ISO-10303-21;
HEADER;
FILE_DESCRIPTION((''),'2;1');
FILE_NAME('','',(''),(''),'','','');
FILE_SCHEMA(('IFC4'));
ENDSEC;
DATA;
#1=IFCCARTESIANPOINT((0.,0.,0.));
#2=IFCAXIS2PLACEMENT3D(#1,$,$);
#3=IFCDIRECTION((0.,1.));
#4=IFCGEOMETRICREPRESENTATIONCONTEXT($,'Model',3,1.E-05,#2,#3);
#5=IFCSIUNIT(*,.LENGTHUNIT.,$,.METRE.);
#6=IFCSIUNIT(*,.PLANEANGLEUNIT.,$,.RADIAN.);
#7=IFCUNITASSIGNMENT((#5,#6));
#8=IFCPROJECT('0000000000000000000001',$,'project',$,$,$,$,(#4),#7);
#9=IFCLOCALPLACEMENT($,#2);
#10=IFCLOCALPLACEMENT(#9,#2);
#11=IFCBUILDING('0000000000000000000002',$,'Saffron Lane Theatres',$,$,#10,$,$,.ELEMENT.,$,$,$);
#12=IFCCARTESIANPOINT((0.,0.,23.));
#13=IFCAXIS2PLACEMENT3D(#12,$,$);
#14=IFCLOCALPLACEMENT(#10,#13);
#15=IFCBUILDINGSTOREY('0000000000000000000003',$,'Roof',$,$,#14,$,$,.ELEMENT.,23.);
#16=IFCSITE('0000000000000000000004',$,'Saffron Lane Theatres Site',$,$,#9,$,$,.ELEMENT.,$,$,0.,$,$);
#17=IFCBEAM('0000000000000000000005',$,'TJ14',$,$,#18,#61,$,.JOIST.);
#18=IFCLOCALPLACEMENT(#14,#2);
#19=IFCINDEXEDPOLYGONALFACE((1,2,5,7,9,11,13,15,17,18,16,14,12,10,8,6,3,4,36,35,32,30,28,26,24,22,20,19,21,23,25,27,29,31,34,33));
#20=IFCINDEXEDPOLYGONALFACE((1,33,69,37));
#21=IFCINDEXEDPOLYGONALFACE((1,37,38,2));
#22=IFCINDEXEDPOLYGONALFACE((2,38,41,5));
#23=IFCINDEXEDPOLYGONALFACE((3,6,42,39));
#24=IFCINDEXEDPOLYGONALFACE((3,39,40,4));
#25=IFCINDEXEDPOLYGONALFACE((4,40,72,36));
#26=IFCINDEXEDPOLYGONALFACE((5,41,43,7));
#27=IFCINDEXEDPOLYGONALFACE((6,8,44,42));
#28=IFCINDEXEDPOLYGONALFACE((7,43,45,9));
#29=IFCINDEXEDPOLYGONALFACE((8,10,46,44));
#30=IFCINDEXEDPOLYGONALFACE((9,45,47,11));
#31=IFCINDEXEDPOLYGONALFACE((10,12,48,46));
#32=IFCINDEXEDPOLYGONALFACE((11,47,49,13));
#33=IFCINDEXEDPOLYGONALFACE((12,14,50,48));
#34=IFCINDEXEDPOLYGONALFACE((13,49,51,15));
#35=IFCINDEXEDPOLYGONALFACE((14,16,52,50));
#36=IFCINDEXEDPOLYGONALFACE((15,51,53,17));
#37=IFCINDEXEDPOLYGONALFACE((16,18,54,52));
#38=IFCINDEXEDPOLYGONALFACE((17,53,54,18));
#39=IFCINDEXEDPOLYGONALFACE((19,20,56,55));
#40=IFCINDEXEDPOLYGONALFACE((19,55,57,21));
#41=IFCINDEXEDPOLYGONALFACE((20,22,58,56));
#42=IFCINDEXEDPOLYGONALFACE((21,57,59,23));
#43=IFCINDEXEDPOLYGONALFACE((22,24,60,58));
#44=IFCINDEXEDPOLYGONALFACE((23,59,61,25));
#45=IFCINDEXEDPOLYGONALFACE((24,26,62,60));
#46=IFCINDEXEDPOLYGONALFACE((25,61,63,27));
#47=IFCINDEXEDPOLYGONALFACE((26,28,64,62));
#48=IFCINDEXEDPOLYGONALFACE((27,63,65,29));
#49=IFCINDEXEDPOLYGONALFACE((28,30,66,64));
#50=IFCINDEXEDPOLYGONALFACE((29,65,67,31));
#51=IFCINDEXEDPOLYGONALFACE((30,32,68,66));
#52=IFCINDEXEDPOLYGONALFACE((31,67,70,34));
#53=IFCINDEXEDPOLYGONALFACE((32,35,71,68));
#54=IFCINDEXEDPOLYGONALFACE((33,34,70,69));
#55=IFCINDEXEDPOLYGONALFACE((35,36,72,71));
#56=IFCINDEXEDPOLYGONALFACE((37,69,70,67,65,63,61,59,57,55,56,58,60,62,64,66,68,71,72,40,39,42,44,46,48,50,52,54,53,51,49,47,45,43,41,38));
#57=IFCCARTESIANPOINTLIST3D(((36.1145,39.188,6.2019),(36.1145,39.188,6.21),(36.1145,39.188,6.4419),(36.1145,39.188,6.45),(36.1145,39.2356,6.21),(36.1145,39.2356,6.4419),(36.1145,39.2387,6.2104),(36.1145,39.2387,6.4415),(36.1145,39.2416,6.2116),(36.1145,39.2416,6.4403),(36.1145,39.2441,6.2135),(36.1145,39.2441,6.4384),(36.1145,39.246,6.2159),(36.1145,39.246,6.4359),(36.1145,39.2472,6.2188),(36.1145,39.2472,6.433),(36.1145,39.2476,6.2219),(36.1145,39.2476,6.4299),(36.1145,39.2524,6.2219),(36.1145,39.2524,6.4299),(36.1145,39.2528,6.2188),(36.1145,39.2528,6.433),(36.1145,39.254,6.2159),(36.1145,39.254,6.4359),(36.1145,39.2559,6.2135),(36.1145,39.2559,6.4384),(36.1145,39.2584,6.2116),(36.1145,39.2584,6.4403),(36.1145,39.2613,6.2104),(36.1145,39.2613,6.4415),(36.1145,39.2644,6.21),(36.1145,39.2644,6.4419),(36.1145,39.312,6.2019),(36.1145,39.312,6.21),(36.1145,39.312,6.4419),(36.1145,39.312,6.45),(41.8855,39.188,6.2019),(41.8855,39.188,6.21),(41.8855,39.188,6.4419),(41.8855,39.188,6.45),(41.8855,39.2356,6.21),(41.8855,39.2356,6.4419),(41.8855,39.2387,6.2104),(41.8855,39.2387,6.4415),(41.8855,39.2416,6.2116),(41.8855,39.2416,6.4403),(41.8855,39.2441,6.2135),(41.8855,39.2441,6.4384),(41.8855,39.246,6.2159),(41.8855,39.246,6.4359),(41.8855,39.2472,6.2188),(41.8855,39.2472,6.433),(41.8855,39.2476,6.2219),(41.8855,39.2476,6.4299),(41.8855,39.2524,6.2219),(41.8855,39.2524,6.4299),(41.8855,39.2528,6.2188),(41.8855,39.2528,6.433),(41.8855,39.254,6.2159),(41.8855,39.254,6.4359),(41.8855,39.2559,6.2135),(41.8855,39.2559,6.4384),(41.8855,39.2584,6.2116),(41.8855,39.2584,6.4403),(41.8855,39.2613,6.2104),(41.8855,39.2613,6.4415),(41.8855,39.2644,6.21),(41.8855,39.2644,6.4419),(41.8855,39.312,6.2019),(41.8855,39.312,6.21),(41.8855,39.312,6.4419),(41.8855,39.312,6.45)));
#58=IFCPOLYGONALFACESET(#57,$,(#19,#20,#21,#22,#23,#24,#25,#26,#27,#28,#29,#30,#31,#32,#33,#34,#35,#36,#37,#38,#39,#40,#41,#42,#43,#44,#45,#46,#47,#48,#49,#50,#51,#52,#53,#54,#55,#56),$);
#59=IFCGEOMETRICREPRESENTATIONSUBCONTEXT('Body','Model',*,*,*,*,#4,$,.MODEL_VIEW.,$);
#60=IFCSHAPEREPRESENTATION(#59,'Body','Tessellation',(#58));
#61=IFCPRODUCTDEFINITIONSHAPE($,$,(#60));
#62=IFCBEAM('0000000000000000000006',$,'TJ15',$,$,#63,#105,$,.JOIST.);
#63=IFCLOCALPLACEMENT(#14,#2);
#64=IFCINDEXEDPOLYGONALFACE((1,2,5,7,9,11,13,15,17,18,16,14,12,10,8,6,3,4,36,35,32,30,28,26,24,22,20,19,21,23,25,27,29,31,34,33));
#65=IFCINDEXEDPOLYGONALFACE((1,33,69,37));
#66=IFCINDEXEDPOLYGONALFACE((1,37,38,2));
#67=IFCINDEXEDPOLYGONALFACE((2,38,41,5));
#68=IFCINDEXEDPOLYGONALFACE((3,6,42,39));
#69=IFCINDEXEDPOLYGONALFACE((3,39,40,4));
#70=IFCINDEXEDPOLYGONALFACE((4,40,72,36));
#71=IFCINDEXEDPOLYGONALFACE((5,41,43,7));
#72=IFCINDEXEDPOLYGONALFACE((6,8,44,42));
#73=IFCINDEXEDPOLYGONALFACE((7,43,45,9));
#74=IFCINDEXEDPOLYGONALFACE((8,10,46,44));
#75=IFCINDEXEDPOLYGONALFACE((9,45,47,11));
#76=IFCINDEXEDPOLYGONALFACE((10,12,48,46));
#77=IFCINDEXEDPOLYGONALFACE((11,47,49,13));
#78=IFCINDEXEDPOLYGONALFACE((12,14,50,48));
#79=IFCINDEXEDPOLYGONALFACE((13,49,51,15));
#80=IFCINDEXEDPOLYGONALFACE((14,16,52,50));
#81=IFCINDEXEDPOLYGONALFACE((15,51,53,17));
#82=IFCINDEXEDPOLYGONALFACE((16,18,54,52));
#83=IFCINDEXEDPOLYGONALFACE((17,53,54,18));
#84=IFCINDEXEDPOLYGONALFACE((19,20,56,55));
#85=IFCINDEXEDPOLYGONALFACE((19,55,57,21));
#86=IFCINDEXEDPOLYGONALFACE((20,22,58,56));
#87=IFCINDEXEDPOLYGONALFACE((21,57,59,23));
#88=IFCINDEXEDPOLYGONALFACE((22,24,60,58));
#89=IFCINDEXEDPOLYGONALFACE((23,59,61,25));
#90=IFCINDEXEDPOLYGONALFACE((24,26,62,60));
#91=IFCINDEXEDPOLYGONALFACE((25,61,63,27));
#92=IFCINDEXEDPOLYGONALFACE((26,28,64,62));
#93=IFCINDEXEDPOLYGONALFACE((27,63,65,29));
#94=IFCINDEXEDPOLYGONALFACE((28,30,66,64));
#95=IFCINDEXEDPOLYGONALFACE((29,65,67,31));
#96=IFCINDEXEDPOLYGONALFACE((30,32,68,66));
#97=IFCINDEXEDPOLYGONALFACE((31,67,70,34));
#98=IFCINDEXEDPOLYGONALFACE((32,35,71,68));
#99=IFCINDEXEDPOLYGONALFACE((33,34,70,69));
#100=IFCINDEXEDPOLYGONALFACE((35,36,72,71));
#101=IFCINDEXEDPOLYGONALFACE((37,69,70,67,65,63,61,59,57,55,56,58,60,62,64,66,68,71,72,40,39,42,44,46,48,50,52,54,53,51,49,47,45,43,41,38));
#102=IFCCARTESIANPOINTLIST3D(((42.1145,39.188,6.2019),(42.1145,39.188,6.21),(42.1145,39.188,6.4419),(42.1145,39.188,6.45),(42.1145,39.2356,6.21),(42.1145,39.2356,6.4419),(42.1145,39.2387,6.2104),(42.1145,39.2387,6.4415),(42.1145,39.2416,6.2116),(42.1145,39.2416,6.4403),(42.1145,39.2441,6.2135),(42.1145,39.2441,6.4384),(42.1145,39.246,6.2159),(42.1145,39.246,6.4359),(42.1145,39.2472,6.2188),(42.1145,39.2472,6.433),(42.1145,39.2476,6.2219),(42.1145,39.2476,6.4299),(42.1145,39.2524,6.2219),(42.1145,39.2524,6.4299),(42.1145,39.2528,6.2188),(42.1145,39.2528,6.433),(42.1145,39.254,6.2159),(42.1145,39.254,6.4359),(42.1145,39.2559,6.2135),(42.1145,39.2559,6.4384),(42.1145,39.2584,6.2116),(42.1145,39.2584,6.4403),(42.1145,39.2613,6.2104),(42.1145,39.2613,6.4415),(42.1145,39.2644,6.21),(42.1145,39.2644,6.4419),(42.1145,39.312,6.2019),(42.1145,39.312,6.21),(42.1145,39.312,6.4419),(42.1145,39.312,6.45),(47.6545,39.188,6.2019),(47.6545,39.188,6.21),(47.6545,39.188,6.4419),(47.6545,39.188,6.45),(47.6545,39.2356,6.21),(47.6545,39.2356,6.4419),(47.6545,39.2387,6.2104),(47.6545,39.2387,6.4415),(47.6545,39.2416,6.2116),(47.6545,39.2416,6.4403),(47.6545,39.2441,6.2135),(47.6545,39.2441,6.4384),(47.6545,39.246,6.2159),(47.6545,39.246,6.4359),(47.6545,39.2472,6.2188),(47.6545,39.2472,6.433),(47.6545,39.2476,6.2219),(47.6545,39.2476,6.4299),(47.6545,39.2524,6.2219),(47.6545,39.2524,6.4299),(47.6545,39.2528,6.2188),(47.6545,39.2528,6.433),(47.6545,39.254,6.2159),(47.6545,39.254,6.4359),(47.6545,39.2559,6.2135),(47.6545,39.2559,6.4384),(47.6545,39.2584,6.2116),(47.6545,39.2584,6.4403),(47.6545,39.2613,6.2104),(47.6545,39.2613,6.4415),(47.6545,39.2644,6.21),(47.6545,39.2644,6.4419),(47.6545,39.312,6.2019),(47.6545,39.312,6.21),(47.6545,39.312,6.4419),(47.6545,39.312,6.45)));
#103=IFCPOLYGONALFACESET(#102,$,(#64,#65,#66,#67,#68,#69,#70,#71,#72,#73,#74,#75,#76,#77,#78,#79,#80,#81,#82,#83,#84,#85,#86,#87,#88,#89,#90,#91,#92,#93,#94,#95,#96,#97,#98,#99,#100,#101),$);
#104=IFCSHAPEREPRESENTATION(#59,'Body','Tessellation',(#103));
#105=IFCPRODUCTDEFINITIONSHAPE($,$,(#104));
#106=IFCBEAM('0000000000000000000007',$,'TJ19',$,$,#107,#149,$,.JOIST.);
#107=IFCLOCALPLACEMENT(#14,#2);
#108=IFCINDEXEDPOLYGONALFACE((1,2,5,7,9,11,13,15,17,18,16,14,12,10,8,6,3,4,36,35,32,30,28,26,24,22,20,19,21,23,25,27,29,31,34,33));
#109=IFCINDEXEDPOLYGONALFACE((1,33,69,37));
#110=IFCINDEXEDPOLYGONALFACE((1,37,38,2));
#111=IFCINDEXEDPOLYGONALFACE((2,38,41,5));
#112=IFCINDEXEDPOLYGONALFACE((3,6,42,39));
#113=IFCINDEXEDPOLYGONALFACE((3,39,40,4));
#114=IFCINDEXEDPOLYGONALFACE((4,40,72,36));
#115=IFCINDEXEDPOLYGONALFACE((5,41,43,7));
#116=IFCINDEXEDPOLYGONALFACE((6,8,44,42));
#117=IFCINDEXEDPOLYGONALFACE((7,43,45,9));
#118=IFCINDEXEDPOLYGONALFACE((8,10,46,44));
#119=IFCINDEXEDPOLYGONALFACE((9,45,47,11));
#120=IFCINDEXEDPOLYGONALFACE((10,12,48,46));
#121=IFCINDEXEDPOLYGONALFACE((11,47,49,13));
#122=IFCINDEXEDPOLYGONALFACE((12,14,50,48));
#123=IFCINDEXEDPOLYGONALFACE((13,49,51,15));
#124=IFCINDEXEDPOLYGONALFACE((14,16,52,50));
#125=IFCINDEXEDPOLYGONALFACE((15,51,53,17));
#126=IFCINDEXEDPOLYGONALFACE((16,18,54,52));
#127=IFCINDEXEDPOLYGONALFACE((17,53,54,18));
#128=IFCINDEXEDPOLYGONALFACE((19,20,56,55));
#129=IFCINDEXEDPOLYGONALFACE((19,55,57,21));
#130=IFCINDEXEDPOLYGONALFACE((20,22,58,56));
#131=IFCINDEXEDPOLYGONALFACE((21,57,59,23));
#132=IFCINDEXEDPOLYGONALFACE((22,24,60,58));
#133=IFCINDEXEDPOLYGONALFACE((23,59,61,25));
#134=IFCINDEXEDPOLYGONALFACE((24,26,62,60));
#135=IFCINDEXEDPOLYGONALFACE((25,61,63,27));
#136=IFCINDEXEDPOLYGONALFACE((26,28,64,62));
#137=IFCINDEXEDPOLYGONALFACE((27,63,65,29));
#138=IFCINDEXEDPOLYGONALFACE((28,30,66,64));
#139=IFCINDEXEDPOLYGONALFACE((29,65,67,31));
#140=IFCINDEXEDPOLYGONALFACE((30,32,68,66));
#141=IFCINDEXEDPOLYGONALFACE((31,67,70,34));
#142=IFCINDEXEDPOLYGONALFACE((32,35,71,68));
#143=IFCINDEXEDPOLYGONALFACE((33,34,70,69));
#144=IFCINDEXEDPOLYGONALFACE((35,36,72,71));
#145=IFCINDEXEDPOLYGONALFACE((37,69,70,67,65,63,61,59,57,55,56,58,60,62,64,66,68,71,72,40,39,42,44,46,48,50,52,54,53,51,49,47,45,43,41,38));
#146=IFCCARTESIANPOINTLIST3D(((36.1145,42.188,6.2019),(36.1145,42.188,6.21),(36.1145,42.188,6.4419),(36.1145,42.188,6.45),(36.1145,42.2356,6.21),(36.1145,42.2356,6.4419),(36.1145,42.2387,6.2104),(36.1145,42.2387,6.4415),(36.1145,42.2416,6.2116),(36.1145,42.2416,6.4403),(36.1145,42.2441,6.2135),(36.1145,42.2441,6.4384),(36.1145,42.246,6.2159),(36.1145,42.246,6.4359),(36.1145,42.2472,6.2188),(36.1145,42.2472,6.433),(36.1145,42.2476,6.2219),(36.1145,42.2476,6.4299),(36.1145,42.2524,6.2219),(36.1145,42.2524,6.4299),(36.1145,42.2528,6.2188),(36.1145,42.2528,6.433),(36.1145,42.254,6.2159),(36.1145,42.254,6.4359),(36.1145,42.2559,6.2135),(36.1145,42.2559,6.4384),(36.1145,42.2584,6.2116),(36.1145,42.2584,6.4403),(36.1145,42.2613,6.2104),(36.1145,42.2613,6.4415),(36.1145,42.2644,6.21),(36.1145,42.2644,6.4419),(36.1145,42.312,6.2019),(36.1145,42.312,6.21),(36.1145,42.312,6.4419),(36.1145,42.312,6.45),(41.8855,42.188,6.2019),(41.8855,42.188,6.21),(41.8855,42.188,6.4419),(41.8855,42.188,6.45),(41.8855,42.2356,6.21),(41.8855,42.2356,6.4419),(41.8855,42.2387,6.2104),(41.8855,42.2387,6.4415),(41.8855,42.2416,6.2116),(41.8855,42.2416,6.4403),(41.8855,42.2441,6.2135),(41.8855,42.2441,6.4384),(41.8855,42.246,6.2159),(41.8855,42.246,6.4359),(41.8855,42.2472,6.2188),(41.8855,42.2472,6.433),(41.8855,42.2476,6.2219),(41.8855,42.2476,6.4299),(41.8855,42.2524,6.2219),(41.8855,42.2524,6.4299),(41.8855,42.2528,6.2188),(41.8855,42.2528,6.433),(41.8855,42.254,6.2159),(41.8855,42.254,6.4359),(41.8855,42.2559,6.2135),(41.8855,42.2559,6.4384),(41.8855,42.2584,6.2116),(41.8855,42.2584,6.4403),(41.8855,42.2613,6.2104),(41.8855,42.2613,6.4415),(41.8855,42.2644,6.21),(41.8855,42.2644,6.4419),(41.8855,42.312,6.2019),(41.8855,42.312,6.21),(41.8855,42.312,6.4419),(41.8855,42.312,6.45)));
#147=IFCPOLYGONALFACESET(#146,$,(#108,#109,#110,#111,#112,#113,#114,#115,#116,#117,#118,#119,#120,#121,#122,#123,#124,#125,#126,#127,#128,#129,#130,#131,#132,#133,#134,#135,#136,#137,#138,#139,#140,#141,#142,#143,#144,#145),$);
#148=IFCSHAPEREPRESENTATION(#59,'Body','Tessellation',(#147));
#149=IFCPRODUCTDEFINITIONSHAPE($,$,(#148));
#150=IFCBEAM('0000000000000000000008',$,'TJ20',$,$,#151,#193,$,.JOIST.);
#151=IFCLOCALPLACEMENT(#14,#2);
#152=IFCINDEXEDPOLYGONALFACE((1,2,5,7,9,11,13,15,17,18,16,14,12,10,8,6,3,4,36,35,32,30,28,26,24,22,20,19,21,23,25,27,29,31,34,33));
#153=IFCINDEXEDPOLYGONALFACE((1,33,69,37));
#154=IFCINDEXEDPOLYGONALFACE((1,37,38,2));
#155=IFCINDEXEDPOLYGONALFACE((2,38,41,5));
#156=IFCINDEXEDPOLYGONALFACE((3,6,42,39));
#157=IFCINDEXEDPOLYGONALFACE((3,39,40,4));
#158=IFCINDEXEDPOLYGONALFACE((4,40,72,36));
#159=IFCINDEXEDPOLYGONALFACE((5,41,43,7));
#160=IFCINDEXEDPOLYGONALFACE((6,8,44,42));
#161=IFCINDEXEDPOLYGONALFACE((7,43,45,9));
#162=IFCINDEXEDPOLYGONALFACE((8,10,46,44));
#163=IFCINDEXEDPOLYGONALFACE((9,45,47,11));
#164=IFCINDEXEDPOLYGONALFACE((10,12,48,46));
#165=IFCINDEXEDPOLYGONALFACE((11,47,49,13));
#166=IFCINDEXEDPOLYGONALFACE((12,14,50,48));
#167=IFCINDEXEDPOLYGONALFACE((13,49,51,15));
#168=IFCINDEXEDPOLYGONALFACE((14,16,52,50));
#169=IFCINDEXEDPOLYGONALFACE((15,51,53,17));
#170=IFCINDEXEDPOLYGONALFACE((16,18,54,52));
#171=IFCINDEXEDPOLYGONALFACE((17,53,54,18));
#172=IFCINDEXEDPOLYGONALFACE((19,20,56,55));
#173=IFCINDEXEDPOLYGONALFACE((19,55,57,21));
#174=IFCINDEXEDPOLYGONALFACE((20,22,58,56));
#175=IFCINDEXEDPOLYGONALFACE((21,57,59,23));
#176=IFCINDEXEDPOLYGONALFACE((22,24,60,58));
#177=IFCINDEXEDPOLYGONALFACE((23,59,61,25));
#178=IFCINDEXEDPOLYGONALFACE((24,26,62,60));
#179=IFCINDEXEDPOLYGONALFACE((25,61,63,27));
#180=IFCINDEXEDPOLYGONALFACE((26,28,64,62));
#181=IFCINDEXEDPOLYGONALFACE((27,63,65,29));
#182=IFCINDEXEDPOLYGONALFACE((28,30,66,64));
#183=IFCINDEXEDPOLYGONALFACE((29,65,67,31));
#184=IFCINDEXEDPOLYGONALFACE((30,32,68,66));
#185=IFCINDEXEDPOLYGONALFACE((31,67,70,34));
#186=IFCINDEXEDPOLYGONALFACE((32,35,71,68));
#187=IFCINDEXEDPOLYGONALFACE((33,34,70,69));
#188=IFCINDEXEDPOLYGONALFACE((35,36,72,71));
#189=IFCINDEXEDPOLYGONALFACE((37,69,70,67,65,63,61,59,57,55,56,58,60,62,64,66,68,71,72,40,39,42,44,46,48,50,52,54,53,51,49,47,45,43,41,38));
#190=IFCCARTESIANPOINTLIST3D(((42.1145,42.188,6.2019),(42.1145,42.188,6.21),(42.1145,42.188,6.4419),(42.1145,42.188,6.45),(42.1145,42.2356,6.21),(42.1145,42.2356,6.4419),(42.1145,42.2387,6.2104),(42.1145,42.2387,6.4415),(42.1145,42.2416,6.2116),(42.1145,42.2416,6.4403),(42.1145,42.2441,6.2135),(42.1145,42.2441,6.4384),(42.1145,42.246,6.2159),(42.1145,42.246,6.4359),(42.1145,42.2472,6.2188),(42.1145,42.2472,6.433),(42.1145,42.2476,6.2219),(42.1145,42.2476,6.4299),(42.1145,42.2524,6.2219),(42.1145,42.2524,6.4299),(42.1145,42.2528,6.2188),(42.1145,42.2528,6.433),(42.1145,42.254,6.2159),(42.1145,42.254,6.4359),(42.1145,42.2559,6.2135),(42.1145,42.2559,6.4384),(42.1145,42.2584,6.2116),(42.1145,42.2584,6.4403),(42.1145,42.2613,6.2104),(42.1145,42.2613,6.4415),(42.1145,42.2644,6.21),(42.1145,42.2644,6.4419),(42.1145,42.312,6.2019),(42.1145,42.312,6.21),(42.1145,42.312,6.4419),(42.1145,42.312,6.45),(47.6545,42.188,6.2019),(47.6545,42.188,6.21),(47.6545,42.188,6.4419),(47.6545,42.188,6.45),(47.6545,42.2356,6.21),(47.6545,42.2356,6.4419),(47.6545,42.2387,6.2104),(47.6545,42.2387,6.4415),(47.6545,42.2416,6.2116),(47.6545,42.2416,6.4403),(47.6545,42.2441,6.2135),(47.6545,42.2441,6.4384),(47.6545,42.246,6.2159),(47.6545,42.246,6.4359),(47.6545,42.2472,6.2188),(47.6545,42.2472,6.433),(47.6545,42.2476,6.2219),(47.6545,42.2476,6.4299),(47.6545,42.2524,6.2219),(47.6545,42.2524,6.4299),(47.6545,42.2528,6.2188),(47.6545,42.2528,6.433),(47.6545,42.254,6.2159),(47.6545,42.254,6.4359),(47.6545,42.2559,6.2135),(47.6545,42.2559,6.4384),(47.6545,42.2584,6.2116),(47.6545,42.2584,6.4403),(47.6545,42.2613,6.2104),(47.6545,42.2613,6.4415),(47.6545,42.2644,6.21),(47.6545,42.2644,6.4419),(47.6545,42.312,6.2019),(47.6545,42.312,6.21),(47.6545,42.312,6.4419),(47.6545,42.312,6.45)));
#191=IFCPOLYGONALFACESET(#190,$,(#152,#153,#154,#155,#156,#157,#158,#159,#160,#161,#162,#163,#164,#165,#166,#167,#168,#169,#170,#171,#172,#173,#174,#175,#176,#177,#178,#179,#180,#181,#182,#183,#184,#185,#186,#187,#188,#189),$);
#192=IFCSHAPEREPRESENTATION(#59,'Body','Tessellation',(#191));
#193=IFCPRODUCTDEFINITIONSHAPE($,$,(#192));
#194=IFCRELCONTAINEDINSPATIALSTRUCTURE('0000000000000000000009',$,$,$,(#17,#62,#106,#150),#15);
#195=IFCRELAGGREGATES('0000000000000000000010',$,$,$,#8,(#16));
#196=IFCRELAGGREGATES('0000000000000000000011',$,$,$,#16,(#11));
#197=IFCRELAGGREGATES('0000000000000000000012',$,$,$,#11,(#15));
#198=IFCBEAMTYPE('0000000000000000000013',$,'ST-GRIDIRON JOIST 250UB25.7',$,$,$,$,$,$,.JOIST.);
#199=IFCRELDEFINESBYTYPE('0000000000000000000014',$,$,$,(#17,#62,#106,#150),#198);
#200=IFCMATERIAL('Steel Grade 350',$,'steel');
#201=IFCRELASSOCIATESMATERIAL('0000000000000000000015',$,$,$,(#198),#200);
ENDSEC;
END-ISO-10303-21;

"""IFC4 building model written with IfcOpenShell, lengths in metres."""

from ifc_helpers import new_model, si_unit, direction, frame, origin, origin_2d, place, context, subcontext, project, spatial, i_section, extrude, material, material_profile, profile_set, type_object, element, save


model = new_model("IFC4")

# Units and contexts
model_context = context("Model", 3, precision=1e-05, world=origin(), true_north=direction((0.0, 1.0)))
body_context = subcontext(model_context, "Body", "Model", "MODEL_VIEW")
ifc_project = project(units=[si_unit("LENGTHUNIT", "METRE"), si_unit("PLANEANGLEUNIT", "RADIAN")], contexts=[model_context])

# Site, building, storey
site_placement = place(None, origin())
site = spatial("IfcSite", under=ifc_project, at=site_placement, Name="Saffron Lane Theatres Site", CompositionType="ELEMENT", RefElevation=0.0)
building_placement = place(site_placement, origin())
building = spatial("IfcBuilding", under=site, at=building_placement, Name="Saffron Lane Theatres", CompositionType="ELEMENT")
storey_placement = place(building_placement, frame((0.0, 0.0, 23.0)))
storey = spatial("IfcBuildingStorey", under=building, at=storey_placement, Name="Roof", CompositionType="ELEMENT", Elevation=23.0)

# Beams
ifc_material_1 = material(Name="Steel Grade 350", Category="steel")
ifc_material_profile_1 = material_profile(ifc_material_1, i_section(OverallWidth=0.124, OverallDepth=0.248, WebThickness=0.0049, FlangeThickness=0.0081, FilletRadius=0.012, at=origin_2d()))
ifc_profile_set_1 = profile_set([ifc_material_profile_1], Name="Steel Grade 350")
beam_type_1 = type_object("IfcBeamType", Name="ST-GRIDIRON JOIST 250UB25.7", PredefinedType="JOIST", material=ifc_profile_set_1)
beam_1_placement = place(storey_placement, frame((36.1145, 39.25, 6.3259), z_axis=(1.0, 0.0, 0.0), x_axis=(0.0, 1.0, 0.0)))
element("IfcBeam", 1, at=beam_1_placement, inside=storey, type_object=beam_type_1, Name="TJ14", PredefinedType="JOIST", context=body_context, shape_type="SweptSolid", body=[
    extrude(i_section(OverallWidth=0.124, OverallDepth=0.248, WebThickness=0.0049, FlangeThickness=0.0081, FilletRadius=0.012, at=origin_2d()), origin(), (0.0, 0.0, 1.0), 5.771),
])
beam_2_placement = place(storey_placement, frame((42.1145, 39.25, 6.3259), z_axis=(1.0, 0.0, 0.0), x_axis=(0.0, 1.0, 0.0)))
element("IfcBeam", 2, at=beam_2_placement, inside=storey, type_object=beam_type_1, Name="TJ15", PredefinedType="JOIST", context=body_context, shape_type="SweptSolid", body=[
    extrude(i_section(OverallWidth=0.124, OverallDepth=0.248, WebThickness=0.0049, FlangeThickness=0.0081, FilletRadius=0.012, at=origin_2d()), origin(), (0.0, 0.0, 1.0), 5.54),
])
beam_3_placement = place(storey_placement, frame((36.1145, 42.25, 6.3259), z_axis=(1.0, 0.0, 0.0), x_axis=(0.0, 1.0, 0.0)))
element("IfcBeam", 3, at=beam_3_placement, inside=storey, type_object=beam_type_1, Name="TJ19", PredefinedType="JOIST", context=body_context, shape_type="SweptSolid", body=[
    extrude(i_section(OverallWidth=0.124, OverallDepth=0.248, WebThickness=0.0049, FlangeThickness=0.0081, FilletRadius=0.012, at=origin_2d()), origin(), (0.0, 0.0, 1.0), 5.771),
])
beam_4_placement = place(storey_placement, frame((42.1145, 42.25, 6.3259), z_axis=(1.0, 0.0, 0.0), x_axis=(0.0, 1.0, 0.0)))
element("IfcBeam", 4, at=beam_4_placement, inside=storey, type_object=beam_type_1, Name="TJ20", PredefinedType="JOIST", context=body_context, shape_type="SweptSolid", body=[
    extrude(i_section(OverallWidth=0.124, OverallDepth=0.248, WebThickness=0.0049, FlangeThickness=0.0081, FilletRadius=0.012, at=origin_2d()), origin(), (0.0, 0.0, 1.0), 5.54),
])

save(model, "model.ifc")
